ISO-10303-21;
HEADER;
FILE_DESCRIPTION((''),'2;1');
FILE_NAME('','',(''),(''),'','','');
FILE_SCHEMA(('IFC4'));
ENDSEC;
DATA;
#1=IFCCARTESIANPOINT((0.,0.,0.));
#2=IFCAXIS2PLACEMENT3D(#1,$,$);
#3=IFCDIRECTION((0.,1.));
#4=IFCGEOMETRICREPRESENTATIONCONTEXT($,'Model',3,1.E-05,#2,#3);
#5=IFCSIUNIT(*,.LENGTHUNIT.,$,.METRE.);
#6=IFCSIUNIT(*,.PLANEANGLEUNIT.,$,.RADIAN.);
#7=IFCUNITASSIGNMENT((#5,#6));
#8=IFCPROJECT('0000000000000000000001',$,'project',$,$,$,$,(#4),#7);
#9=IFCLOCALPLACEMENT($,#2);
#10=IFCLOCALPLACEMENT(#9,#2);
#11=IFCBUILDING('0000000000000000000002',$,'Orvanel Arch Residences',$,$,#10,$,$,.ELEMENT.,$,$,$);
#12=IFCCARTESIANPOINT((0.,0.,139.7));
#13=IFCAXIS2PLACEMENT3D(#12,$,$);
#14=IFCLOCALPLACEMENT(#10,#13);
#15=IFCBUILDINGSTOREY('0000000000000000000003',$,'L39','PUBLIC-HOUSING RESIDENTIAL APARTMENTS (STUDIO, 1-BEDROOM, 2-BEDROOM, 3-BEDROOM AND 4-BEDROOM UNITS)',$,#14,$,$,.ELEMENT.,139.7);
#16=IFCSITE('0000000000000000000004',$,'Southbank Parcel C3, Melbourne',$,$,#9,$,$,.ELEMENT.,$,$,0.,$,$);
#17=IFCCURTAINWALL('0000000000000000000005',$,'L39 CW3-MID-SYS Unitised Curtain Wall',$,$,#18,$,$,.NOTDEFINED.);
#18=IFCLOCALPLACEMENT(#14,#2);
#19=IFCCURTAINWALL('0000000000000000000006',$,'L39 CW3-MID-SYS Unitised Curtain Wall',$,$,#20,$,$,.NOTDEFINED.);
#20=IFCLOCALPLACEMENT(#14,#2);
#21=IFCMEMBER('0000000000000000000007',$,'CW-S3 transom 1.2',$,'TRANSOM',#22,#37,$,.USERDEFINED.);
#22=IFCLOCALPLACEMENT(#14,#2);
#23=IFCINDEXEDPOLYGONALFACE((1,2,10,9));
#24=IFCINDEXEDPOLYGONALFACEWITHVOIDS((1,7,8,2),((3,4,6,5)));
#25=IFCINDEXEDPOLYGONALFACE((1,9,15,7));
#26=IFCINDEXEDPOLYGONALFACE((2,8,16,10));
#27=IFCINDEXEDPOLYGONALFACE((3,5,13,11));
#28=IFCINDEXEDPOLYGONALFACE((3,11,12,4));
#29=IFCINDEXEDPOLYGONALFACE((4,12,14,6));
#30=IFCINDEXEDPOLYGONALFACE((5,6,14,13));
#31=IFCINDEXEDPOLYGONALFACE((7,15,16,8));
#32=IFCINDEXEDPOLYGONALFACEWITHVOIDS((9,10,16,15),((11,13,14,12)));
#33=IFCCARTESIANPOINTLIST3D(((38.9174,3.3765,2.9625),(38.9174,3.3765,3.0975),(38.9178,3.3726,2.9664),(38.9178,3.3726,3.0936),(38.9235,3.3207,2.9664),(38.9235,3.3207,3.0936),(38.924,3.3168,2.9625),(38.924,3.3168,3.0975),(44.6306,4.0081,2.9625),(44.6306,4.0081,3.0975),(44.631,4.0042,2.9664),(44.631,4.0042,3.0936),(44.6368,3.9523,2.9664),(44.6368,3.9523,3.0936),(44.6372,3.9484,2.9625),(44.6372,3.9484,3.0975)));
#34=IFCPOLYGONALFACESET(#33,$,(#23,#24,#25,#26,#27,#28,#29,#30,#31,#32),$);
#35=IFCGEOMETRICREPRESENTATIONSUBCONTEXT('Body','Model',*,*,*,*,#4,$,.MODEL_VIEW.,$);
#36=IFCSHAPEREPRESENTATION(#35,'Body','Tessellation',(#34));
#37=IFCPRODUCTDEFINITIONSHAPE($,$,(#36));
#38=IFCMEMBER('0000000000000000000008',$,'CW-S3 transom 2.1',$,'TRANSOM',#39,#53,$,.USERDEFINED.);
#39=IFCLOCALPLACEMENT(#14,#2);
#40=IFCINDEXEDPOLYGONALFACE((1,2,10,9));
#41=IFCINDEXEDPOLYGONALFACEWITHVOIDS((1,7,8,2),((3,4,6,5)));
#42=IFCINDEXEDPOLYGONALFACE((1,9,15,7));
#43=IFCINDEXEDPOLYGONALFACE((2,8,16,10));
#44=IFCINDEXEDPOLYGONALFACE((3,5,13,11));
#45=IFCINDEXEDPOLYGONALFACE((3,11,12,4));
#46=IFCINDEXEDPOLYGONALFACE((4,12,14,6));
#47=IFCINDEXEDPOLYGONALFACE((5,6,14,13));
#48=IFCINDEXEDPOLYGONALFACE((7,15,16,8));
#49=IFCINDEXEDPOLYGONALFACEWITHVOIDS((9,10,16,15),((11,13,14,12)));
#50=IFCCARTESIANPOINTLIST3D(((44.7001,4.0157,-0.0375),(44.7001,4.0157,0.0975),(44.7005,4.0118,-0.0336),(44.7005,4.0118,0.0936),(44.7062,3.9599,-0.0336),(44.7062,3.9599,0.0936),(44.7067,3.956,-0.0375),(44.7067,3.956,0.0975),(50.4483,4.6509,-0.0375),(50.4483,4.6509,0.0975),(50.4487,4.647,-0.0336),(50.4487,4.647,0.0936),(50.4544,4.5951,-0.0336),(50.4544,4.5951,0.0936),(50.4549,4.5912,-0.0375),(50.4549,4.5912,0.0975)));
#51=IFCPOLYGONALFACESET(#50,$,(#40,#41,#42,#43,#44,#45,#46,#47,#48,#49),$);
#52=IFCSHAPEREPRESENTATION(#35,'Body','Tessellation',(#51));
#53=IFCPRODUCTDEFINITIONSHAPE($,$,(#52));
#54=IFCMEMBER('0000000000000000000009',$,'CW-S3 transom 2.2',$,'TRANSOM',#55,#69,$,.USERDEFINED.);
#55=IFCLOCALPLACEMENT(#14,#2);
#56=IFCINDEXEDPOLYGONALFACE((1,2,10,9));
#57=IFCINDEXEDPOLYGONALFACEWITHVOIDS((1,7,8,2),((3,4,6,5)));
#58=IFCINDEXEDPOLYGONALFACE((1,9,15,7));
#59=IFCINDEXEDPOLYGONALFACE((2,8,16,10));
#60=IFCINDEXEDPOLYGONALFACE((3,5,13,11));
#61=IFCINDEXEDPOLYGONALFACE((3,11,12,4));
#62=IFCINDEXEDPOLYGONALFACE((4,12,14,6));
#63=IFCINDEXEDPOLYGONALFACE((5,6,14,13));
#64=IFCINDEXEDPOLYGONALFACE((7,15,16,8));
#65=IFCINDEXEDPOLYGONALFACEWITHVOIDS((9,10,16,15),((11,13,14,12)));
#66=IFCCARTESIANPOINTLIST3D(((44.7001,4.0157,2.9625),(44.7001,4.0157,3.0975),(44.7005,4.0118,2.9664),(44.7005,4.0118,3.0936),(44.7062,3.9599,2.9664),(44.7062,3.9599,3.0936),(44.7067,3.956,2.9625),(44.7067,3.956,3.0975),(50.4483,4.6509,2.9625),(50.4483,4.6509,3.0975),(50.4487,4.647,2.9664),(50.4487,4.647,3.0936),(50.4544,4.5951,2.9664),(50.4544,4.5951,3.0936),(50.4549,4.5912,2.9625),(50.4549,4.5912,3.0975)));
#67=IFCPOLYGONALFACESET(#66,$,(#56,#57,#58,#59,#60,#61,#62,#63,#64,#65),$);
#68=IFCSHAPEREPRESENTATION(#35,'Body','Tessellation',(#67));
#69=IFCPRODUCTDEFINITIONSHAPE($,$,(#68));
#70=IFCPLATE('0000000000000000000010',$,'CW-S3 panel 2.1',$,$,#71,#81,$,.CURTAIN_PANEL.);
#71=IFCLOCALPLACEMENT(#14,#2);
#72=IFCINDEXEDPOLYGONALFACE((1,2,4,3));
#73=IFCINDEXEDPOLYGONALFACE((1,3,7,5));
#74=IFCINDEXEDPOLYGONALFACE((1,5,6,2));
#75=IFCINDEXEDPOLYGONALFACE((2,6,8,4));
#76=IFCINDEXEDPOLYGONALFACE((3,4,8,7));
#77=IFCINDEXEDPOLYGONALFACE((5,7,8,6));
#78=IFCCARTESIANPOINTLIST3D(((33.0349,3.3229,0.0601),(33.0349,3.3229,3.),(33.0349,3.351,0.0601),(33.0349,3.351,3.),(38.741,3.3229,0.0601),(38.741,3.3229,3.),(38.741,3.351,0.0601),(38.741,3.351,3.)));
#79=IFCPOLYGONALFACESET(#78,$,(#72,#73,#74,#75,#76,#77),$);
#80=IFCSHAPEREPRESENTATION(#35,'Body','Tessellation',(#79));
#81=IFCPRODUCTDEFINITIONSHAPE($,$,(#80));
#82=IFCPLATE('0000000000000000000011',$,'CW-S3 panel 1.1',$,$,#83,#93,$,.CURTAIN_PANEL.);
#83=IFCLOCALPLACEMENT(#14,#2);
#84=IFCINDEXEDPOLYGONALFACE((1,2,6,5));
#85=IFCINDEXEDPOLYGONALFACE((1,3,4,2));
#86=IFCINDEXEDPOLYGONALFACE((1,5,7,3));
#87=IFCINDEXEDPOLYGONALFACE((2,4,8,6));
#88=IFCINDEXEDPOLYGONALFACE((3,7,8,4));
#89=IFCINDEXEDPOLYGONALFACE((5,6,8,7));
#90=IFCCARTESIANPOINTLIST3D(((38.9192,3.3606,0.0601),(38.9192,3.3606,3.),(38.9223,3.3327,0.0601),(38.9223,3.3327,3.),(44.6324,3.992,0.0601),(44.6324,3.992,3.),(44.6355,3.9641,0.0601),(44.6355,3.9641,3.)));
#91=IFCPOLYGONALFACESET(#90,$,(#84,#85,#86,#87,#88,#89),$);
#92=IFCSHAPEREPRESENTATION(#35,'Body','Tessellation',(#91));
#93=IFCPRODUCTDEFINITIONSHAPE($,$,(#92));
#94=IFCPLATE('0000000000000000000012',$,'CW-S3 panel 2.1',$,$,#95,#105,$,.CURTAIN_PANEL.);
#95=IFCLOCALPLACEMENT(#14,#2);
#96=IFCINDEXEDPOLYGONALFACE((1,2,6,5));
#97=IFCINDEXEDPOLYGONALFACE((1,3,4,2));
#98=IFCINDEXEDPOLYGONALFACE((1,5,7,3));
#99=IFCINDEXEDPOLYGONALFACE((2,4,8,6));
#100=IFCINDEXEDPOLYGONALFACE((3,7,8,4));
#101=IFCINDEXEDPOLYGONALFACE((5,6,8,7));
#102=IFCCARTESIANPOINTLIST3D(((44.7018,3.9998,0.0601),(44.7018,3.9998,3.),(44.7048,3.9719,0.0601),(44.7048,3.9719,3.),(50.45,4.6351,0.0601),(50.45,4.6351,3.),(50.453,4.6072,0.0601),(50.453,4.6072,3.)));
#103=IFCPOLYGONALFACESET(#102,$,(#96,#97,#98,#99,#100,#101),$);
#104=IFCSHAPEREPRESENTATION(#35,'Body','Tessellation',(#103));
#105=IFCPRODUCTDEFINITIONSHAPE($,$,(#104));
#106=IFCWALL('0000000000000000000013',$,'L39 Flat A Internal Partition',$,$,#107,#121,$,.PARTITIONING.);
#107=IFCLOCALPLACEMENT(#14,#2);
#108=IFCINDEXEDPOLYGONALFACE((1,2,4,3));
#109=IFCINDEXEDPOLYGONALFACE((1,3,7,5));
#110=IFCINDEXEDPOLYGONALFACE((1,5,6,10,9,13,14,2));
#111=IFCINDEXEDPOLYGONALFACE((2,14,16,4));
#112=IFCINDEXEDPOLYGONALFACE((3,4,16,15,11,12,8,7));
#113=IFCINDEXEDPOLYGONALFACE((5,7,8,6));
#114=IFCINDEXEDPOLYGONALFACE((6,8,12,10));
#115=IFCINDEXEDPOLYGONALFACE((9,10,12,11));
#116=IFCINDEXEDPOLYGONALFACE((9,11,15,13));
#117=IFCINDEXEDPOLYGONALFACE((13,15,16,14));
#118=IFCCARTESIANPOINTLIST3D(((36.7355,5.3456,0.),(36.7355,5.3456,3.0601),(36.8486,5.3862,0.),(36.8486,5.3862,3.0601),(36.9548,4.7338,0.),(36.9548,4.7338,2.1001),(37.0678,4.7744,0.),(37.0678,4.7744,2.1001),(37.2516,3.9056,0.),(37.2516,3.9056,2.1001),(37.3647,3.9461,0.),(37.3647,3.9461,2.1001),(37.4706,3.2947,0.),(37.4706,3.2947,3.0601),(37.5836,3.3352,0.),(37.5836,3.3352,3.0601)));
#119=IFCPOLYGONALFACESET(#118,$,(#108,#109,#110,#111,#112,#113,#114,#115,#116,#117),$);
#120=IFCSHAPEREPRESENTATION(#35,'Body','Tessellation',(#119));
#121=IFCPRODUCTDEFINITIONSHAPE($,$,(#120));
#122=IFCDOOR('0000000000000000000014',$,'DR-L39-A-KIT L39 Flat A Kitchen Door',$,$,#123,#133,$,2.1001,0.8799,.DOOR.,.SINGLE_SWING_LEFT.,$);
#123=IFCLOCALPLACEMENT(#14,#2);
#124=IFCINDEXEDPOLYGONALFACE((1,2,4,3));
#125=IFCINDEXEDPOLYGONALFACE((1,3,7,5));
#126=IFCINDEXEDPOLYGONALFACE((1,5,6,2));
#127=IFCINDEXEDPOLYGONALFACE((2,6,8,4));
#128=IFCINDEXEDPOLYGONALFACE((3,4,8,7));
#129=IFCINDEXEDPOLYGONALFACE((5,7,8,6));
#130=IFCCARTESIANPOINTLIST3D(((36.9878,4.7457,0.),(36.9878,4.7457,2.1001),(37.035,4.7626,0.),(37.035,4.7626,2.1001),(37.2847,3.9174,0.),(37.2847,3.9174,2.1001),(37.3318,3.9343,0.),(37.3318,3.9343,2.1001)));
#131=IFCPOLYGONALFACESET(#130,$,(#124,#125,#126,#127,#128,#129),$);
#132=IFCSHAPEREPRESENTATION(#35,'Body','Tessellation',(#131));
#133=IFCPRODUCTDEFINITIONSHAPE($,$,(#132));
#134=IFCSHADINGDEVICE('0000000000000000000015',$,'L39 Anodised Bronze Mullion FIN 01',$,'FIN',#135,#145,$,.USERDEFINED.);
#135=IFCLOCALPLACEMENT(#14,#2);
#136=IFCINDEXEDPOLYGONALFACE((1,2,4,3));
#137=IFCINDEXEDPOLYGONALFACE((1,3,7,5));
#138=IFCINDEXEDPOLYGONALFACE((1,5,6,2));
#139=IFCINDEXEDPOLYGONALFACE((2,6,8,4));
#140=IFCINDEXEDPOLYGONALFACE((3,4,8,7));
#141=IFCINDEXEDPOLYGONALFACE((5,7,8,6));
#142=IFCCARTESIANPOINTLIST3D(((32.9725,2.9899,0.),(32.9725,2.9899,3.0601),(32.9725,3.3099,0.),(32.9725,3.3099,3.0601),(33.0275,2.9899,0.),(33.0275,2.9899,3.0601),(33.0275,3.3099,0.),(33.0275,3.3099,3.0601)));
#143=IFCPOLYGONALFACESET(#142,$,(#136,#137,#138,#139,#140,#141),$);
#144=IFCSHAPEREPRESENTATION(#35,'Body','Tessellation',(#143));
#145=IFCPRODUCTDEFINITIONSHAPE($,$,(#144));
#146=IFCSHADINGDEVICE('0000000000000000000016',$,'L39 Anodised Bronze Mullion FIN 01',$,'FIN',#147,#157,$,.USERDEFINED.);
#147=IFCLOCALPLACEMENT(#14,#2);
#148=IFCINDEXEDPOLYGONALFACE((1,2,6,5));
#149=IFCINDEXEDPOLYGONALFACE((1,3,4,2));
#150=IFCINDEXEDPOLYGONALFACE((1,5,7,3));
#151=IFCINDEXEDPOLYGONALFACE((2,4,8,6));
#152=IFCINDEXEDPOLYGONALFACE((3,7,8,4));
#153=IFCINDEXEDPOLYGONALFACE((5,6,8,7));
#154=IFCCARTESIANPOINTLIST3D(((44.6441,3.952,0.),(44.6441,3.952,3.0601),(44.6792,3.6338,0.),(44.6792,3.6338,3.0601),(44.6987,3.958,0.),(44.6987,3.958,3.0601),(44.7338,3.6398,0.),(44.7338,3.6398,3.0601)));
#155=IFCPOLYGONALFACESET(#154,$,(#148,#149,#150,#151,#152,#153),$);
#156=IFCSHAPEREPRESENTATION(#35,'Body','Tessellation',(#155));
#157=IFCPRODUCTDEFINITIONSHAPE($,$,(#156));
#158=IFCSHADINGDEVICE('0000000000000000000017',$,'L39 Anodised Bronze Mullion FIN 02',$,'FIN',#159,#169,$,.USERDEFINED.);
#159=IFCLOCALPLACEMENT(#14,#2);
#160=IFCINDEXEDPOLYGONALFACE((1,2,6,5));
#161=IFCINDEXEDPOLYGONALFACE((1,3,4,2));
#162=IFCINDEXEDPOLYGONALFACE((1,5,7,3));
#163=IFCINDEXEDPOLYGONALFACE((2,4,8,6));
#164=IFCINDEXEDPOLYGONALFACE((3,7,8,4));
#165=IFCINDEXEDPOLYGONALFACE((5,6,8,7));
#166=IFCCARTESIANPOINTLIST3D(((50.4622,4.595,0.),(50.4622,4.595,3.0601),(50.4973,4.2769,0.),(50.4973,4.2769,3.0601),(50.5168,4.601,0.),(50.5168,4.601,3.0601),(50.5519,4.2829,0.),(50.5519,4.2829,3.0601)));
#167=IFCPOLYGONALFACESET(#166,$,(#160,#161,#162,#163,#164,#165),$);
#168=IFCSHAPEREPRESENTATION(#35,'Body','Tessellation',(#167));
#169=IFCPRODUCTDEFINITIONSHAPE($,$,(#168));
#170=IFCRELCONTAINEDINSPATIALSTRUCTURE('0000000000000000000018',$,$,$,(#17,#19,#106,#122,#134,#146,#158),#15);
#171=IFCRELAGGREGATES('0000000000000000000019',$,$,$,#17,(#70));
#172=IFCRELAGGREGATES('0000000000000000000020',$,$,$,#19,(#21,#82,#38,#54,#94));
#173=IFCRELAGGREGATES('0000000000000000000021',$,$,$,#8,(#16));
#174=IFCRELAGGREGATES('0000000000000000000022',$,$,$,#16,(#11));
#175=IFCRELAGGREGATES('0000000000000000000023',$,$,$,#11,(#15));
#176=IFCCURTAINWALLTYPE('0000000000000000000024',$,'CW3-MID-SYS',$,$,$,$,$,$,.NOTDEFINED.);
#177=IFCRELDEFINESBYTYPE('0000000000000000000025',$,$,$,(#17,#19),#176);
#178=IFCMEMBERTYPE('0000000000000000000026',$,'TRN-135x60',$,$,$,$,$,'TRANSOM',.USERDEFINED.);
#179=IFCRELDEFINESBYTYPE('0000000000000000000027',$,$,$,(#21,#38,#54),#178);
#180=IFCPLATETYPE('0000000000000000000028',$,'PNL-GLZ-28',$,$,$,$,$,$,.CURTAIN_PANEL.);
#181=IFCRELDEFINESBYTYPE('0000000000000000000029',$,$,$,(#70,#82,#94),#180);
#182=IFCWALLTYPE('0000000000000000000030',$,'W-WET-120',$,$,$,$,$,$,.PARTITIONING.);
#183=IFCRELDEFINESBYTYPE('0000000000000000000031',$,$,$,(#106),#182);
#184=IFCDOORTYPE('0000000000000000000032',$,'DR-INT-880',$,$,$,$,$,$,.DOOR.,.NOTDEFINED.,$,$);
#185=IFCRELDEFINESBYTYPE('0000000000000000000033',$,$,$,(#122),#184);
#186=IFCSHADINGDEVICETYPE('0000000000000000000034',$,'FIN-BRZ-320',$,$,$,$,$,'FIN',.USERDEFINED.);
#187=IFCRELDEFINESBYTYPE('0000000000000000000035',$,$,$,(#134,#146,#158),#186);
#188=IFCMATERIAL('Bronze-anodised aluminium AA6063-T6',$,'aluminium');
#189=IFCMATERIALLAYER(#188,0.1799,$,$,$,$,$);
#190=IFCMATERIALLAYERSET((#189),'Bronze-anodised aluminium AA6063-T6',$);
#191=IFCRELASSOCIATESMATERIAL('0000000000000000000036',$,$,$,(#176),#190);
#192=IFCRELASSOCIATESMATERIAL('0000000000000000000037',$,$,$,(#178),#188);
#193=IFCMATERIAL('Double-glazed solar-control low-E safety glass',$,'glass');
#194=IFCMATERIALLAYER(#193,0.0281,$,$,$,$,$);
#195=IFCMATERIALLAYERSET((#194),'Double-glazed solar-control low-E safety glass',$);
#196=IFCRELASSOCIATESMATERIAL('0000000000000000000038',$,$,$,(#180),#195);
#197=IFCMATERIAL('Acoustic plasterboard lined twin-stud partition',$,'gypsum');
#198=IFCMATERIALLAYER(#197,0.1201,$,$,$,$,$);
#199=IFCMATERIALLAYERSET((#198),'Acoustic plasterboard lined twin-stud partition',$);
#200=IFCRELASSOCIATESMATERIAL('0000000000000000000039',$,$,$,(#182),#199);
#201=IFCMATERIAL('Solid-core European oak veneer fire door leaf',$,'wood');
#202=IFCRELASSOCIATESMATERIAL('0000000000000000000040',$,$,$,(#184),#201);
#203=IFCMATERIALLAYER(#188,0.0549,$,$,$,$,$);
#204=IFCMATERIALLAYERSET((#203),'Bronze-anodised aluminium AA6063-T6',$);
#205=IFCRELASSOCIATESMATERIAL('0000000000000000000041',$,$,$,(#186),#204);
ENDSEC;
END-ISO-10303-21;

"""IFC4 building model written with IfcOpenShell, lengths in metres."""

from ifc_helpers import new_model, si_unit, direction, frame, frame_2d, origin, origin_2d, place, context, subcontext, project, spatial, rectangle, hollow_rectangle, extrude, material, layer, layer_set, material_profile, profile_set, type_object, element, fill, aggregate, save


model = new_model("IFC4")

# Units and contexts
model_context = context("Model", 3, precision=1e-05, world=origin(), true_north=direction((0.0, 1.0)))
body_context = subcontext(model_context, "Body", "Model", "MODEL_VIEW")
ifc_project = project(units=[si_unit("LENGTHUNIT", "METRE"), si_unit("PLANEANGLEUNIT", "RADIAN")], contexts=[model_context])

# Site, building, storey
site_placement = place(None, origin())
site = spatial("IfcSite", under=ifc_project, at=site_placement, Name="Southbank Parcel C3, Melbourne", CompositionType="ELEMENT", RefElevation=0.0)
building_placement = place(site_placement, origin())
building = spatial("IfcBuilding", under=site, at=building_placement, Name="Orvanel Arch Residences", CompositionType="ELEMENT")
storey_placement = place(building_placement, frame((0.0, 0.0, 139.7)))
storey = spatial("IfcBuildingStorey", under=building, at=storey_placement, Name="L39", Description="PUBLIC-HOUSING RESIDENTIAL APARTMENTS (STUDIO, 1-BEDROOM, 2-BEDROOM, 3-BEDROOM AND 4-BEDROOM UNITS)", CompositionType="ELEMENT", Elevation=139.7)

# Curtain walls
ifc_material_1 = material(Name="Bronze-anodised aluminium AA6063-T6", Category="aluminium")
ifc_layer_1 = layer(ifc_material_1, 0.1799)
ifc_layer_set_1 = layer_set([ifc_layer_1], Name="Bronze-anodised aluminium AA6063-T6")
curtain_wall_type = type_object("IfcCurtainWallType", Name="CW3-MID-SYS", PredefinedType="NOTDEFINED", material=ifc_layer_set_1)
curtain_wall_1_placement = place(storey_placement, origin())
curtain_wall_1 = element("IfcCurtainWall", 1, at=curtain_wall_1_placement, inside=storey, type_object=curtain_wall_type, Name="L39 CW3-MID-SYS Unitised Curtain Wall", PredefinedType="NOTDEFINED")
curtain_wall_2_placement = place(storey_placement, origin())
curtain_wall_2 = element("IfcCurtainWall", 2, at=curtain_wall_2_placement, inside=storey, type_object=curtain_wall_type, Name="L39 CW3-MID-SYS Unitised Curtain Wall", PredefinedType="NOTDEFINED")

# Members
ifc_material_profile_1 = material_profile(ifc_material_1, hollow_rectangle(XDim=0.0601, YDim=0.135, WallThickness=0.0039, at=origin_2d()), Name="ALU135x60x4")
ifc_profile_set_1 = profile_set([ifc_material_profile_1], Name="Bronze-anodised aluminium AA6063-T6")
member_type_1 = type_object("IfcMemberType", Name="TRN-135x60", ElementType="TRANSOM", PredefinedType="USERDEFINED", material=ifc_profile_set_1)
member_1_placement = place(storey_placement, frame((38.9207, 3.3467, 3.03), z_axis=(0.993945, 0.109881, 0.0), x_axis=(-0.109881, 0.993945, 0.0)))
member_1 = element("IfcMember", 3, at=member_1_placement, type_object=member_type_1, Name="CW-S3 transom 1.2", ObjectType="TRANSOM", PredefinedType="USERDEFINED", context=body_context, shape_type="SweptSolid", body=[
    extrude(hollow_rectangle(XDim=0.0601, YDim=0.135, WallThickness=0.0039, at=origin_2d()), origin(), (0.0, 0.0, 1.0), 5.748),
])
member_2_placement = place(storey_placement, frame((44.7034, 3.9858, 0.03), z_axis=(0.993949, 0.109843, 0.0), x_axis=(-0.109843, 0.993949, 0.0)))
member_2 = element("IfcMember", 4, at=member_2_placement, type_object=member_type_1, Name="CW-S3 transom 2.1", ObjectType="TRANSOM", PredefinedType="USERDEFINED", context=body_context, shape_type="SweptSolid", body=[
    extrude(hollow_rectangle(XDim=0.0601, YDim=0.135, WallThickness=0.0039, at=origin_2d()), origin(), (0.0, 0.0, 1.0), 5.7832),
])
member_3_placement = place(storey_placement, frame((44.7034, 3.9858, 3.03), z_axis=(0.993949, 0.109843, 0.0), x_axis=(-0.109843, 0.993949, 0.0)))
member_3 = element("IfcMember", 5, at=member_3_placement, type_object=member_type_1, Name="CW-S3 transom 2.2", ObjectType="TRANSOM", PredefinedType="USERDEFINED", context=body_context, shape_type="SweptSolid", body=[
    extrude(hollow_rectangle(XDim=0.0601, YDim=0.135, WallThickness=0.0039, at=origin_2d()), origin(), (0.0, 0.0, 1.0), 5.7832),
])

# Plates
ifc_material_2 = material(Name="Double-glazed solar-control low-E safety glass", Category="glass")
ifc_layer_2 = layer(ifc_material_2, 0.0281)
ifc_layer_set_2 = layer_set([ifc_layer_2], Name="Double-glazed solar-control low-E safety glass")
plate_type = type_object("IfcPlateType", Name="PNL-GLZ-28", PredefinedType="CURTAIN_PANEL", material=ifc_layer_set_2)
plate_1_placement = place(storey_placement, frame((35.8879, 3.3369, 0.0601), z_axis=(0.0, 0.0, 1.0), x_axis=(1.0, 0.0, 0.0)))
plate_1 = element("IfcPlate", 6, at=plate_1_placement, type_object=plate_type, Name="CW-S3 panel 2.1", PredefinedType="CURTAIN_PANEL", context=body_context, shape_type="SweptSolid", body=[
    extrude(rectangle(XDim=5.7061, YDim=0.0281, at=origin_2d()), origin(), (0.0, 0.0, 1.0), 2.9399),
])
aggregate(curtain_wall_1, [plate_1])
plate_2_placement = place(storey_placement, frame((41.7773, 3.6624, 0.0601), z_axis=(0.0, 0.0, 1.0), x_axis=(0.993947, 0.109856, 0.0)))
plate_2 = element("IfcPlate", 7, at=plate_2_placement, type_object=plate_type, Name="CW-S3 panel 1.1", PredefinedType="CURTAIN_PANEL", context=body_context, shape_type="SweptSolid", body=[
    extrude(rectangle(XDim=5.748, YDim=0.0281, at=origin_2d()), origin(), (0.0, 0.0, 1.0), 2.9399),
])
plate_3_placement = place(storey_placement, frame((47.5774, 4.3035, 0.0601), z_axis=(0.0, 0.0, 1.0), x_axis=(0.993947, 0.109856, 0.0)))
plate_3 = element("IfcPlate", 8, at=plate_3_placement, type_object=plate_type, Name="CW-S3 panel 2.1", PredefinedType="CURTAIN_PANEL", context=body_context, shape_type="SweptSolid", body=[
    extrude(rectangle(XDim=5.7832, YDim=0.0281, at=origin_2d()), origin(), (0.0, 0.0, 1.0), 2.9399),
])
aggregate(curtain_wall_2, [member_1, plate_2, member_2, member_3, plate_3])

# Wall, opening, door
ifc_material_3 = material(Name="Acoustic plasterboard lined twin-stud partition", Category="gypsum")
ifc_layer_3 = layer(ifc_material_3, 0.1201)
ifc_layer_set_3 = layer_set([ifc_layer_3], Name="Acoustic plasterboard lined twin-stud partition")
wall_type = type_object("IfcWallType", Name="W-WET-120", PredefinedType="PARTITIONING", material=ifc_layer_set_3)
wall_placement = place(storey_placement, frame((37.5271, 3.3149, 0.0), z_axis=(0.0, 0.0, 1.0), x_axis=(-0.337394, 0.941364, 0.0)))
wall = element("IfcWall", 9, at=wall_placement, inside=storey, type_object=wall_type, Name="L39 Flat A Internal Partition", PredefinedType="PARTITIONING", context=body_context, shape_type="SweptSolid", body=[
    extrude(rectangle(XDim=2.1787, YDim=0.1201, at=frame_2d((1.0894, 0.0))), origin(), (0.0, 0.0, 1.0), 3.0601),
])
opening_placement = place(wall_placement, frame((0.6489, 0.0, 0.0)))
opening = element("IfcOpeningElement", 10, at=opening_placement, cuts=wall, PredefinedType="OPENING", context=body_context, shape_type="SweptSolid", body=[
    extrude(rectangle(XDim=0.8799, YDim=2.1001, at=frame_2d((0.4399, 1.05))), frame((0.0, 0.0701, 0.0), z_axis=(0.0, -1.0, 0.0), x_axis=(1.0, 0.0, 0.0)), (0.0, 0.0, 1.0), 0.1401),
])
ifc_material_4 = material(Name="Solid-core European oak veneer fire door leaf", Category="wood")
door_type = type_object("IfcDoorType", Name="DR-INT-880", OperationType="NOTDEFINED", PredefinedType="DOOR", material=ifc_material_4)
door_placement = place(opening_placement, origin())
door = element("IfcDoor", 11, at=door_placement, inside=storey, type_object=door_type, Name="DR-L39-A-KIT L39 Flat A Kitchen Door", OperationType="SINGLE_SWING_LEFT", OverallHeight=2.1001, OverallWidth=0.8799, PredefinedType="DOOR", context=body_context, shape_type="SweptSolid", body=[
    extrude(rectangle(XDim=0.8799, YDim=2.1001, at=frame_2d((0.4399, 1.05))), frame((0.0, 0.0249, 0.0), z_axis=(0.0, -1.0, 0.0), x_axis=(1.0, 0.0, 0.0)), (0.0, 0.0, 1.0), 0.05),
])
fill(opening, door)

# Shading devices
ifc_layer_4 = layer(ifc_material_1, 0.0549)
ifc_layer_set_4 = layer_set([ifc_layer_4], Name="Bronze-anodised aluminium AA6063-T6")
shading_device_type = type_object("IfcShadingDeviceType", Name="FIN-BRZ-320", ElementType="FIN", PredefinedType="USERDEFINED", material=ifc_layer_set_4)
for number, where, z_axis, x_axis, name in (
    (12, (33.0, 3.1499, 0.0), (0.0, 0.0, 1.0), (0.0, -1.0, 0.0), "L39 Anodised Bronze Mullion FIN 01"),
    (13, (44.689, 3.7959, 0.0), (0.0, 0.0, 1.0), (0.109734, -0.993961, 0.0), "L39 Anodised Bronze Mullion FIN 01"),
    (14, (50.5071, 4.439, 0.0), (0.0, 0.0, 1.0), (0.109734, -0.993961, 0.0), "L39 Anodised Bronze Mullion FIN 02"),
):
    element("IfcShadingDevice", number, at=place(storey_placement, frame(where, z_axis=z_axis, x_axis=x_axis)), inside=storey, type_object=shading_device_type, Name=name, ObjectType="FIN", PredefinedType="USERDEFINED", context=body_context, shape_type="SweptSolid", body=[
        extrude(rectangle(XDim=0.3201, YDim=0.0549, at=origin_2d()), origin(), (0.0, 0.0, 1.0), 3.0601),
    ])

save(model, "model.ifc")
